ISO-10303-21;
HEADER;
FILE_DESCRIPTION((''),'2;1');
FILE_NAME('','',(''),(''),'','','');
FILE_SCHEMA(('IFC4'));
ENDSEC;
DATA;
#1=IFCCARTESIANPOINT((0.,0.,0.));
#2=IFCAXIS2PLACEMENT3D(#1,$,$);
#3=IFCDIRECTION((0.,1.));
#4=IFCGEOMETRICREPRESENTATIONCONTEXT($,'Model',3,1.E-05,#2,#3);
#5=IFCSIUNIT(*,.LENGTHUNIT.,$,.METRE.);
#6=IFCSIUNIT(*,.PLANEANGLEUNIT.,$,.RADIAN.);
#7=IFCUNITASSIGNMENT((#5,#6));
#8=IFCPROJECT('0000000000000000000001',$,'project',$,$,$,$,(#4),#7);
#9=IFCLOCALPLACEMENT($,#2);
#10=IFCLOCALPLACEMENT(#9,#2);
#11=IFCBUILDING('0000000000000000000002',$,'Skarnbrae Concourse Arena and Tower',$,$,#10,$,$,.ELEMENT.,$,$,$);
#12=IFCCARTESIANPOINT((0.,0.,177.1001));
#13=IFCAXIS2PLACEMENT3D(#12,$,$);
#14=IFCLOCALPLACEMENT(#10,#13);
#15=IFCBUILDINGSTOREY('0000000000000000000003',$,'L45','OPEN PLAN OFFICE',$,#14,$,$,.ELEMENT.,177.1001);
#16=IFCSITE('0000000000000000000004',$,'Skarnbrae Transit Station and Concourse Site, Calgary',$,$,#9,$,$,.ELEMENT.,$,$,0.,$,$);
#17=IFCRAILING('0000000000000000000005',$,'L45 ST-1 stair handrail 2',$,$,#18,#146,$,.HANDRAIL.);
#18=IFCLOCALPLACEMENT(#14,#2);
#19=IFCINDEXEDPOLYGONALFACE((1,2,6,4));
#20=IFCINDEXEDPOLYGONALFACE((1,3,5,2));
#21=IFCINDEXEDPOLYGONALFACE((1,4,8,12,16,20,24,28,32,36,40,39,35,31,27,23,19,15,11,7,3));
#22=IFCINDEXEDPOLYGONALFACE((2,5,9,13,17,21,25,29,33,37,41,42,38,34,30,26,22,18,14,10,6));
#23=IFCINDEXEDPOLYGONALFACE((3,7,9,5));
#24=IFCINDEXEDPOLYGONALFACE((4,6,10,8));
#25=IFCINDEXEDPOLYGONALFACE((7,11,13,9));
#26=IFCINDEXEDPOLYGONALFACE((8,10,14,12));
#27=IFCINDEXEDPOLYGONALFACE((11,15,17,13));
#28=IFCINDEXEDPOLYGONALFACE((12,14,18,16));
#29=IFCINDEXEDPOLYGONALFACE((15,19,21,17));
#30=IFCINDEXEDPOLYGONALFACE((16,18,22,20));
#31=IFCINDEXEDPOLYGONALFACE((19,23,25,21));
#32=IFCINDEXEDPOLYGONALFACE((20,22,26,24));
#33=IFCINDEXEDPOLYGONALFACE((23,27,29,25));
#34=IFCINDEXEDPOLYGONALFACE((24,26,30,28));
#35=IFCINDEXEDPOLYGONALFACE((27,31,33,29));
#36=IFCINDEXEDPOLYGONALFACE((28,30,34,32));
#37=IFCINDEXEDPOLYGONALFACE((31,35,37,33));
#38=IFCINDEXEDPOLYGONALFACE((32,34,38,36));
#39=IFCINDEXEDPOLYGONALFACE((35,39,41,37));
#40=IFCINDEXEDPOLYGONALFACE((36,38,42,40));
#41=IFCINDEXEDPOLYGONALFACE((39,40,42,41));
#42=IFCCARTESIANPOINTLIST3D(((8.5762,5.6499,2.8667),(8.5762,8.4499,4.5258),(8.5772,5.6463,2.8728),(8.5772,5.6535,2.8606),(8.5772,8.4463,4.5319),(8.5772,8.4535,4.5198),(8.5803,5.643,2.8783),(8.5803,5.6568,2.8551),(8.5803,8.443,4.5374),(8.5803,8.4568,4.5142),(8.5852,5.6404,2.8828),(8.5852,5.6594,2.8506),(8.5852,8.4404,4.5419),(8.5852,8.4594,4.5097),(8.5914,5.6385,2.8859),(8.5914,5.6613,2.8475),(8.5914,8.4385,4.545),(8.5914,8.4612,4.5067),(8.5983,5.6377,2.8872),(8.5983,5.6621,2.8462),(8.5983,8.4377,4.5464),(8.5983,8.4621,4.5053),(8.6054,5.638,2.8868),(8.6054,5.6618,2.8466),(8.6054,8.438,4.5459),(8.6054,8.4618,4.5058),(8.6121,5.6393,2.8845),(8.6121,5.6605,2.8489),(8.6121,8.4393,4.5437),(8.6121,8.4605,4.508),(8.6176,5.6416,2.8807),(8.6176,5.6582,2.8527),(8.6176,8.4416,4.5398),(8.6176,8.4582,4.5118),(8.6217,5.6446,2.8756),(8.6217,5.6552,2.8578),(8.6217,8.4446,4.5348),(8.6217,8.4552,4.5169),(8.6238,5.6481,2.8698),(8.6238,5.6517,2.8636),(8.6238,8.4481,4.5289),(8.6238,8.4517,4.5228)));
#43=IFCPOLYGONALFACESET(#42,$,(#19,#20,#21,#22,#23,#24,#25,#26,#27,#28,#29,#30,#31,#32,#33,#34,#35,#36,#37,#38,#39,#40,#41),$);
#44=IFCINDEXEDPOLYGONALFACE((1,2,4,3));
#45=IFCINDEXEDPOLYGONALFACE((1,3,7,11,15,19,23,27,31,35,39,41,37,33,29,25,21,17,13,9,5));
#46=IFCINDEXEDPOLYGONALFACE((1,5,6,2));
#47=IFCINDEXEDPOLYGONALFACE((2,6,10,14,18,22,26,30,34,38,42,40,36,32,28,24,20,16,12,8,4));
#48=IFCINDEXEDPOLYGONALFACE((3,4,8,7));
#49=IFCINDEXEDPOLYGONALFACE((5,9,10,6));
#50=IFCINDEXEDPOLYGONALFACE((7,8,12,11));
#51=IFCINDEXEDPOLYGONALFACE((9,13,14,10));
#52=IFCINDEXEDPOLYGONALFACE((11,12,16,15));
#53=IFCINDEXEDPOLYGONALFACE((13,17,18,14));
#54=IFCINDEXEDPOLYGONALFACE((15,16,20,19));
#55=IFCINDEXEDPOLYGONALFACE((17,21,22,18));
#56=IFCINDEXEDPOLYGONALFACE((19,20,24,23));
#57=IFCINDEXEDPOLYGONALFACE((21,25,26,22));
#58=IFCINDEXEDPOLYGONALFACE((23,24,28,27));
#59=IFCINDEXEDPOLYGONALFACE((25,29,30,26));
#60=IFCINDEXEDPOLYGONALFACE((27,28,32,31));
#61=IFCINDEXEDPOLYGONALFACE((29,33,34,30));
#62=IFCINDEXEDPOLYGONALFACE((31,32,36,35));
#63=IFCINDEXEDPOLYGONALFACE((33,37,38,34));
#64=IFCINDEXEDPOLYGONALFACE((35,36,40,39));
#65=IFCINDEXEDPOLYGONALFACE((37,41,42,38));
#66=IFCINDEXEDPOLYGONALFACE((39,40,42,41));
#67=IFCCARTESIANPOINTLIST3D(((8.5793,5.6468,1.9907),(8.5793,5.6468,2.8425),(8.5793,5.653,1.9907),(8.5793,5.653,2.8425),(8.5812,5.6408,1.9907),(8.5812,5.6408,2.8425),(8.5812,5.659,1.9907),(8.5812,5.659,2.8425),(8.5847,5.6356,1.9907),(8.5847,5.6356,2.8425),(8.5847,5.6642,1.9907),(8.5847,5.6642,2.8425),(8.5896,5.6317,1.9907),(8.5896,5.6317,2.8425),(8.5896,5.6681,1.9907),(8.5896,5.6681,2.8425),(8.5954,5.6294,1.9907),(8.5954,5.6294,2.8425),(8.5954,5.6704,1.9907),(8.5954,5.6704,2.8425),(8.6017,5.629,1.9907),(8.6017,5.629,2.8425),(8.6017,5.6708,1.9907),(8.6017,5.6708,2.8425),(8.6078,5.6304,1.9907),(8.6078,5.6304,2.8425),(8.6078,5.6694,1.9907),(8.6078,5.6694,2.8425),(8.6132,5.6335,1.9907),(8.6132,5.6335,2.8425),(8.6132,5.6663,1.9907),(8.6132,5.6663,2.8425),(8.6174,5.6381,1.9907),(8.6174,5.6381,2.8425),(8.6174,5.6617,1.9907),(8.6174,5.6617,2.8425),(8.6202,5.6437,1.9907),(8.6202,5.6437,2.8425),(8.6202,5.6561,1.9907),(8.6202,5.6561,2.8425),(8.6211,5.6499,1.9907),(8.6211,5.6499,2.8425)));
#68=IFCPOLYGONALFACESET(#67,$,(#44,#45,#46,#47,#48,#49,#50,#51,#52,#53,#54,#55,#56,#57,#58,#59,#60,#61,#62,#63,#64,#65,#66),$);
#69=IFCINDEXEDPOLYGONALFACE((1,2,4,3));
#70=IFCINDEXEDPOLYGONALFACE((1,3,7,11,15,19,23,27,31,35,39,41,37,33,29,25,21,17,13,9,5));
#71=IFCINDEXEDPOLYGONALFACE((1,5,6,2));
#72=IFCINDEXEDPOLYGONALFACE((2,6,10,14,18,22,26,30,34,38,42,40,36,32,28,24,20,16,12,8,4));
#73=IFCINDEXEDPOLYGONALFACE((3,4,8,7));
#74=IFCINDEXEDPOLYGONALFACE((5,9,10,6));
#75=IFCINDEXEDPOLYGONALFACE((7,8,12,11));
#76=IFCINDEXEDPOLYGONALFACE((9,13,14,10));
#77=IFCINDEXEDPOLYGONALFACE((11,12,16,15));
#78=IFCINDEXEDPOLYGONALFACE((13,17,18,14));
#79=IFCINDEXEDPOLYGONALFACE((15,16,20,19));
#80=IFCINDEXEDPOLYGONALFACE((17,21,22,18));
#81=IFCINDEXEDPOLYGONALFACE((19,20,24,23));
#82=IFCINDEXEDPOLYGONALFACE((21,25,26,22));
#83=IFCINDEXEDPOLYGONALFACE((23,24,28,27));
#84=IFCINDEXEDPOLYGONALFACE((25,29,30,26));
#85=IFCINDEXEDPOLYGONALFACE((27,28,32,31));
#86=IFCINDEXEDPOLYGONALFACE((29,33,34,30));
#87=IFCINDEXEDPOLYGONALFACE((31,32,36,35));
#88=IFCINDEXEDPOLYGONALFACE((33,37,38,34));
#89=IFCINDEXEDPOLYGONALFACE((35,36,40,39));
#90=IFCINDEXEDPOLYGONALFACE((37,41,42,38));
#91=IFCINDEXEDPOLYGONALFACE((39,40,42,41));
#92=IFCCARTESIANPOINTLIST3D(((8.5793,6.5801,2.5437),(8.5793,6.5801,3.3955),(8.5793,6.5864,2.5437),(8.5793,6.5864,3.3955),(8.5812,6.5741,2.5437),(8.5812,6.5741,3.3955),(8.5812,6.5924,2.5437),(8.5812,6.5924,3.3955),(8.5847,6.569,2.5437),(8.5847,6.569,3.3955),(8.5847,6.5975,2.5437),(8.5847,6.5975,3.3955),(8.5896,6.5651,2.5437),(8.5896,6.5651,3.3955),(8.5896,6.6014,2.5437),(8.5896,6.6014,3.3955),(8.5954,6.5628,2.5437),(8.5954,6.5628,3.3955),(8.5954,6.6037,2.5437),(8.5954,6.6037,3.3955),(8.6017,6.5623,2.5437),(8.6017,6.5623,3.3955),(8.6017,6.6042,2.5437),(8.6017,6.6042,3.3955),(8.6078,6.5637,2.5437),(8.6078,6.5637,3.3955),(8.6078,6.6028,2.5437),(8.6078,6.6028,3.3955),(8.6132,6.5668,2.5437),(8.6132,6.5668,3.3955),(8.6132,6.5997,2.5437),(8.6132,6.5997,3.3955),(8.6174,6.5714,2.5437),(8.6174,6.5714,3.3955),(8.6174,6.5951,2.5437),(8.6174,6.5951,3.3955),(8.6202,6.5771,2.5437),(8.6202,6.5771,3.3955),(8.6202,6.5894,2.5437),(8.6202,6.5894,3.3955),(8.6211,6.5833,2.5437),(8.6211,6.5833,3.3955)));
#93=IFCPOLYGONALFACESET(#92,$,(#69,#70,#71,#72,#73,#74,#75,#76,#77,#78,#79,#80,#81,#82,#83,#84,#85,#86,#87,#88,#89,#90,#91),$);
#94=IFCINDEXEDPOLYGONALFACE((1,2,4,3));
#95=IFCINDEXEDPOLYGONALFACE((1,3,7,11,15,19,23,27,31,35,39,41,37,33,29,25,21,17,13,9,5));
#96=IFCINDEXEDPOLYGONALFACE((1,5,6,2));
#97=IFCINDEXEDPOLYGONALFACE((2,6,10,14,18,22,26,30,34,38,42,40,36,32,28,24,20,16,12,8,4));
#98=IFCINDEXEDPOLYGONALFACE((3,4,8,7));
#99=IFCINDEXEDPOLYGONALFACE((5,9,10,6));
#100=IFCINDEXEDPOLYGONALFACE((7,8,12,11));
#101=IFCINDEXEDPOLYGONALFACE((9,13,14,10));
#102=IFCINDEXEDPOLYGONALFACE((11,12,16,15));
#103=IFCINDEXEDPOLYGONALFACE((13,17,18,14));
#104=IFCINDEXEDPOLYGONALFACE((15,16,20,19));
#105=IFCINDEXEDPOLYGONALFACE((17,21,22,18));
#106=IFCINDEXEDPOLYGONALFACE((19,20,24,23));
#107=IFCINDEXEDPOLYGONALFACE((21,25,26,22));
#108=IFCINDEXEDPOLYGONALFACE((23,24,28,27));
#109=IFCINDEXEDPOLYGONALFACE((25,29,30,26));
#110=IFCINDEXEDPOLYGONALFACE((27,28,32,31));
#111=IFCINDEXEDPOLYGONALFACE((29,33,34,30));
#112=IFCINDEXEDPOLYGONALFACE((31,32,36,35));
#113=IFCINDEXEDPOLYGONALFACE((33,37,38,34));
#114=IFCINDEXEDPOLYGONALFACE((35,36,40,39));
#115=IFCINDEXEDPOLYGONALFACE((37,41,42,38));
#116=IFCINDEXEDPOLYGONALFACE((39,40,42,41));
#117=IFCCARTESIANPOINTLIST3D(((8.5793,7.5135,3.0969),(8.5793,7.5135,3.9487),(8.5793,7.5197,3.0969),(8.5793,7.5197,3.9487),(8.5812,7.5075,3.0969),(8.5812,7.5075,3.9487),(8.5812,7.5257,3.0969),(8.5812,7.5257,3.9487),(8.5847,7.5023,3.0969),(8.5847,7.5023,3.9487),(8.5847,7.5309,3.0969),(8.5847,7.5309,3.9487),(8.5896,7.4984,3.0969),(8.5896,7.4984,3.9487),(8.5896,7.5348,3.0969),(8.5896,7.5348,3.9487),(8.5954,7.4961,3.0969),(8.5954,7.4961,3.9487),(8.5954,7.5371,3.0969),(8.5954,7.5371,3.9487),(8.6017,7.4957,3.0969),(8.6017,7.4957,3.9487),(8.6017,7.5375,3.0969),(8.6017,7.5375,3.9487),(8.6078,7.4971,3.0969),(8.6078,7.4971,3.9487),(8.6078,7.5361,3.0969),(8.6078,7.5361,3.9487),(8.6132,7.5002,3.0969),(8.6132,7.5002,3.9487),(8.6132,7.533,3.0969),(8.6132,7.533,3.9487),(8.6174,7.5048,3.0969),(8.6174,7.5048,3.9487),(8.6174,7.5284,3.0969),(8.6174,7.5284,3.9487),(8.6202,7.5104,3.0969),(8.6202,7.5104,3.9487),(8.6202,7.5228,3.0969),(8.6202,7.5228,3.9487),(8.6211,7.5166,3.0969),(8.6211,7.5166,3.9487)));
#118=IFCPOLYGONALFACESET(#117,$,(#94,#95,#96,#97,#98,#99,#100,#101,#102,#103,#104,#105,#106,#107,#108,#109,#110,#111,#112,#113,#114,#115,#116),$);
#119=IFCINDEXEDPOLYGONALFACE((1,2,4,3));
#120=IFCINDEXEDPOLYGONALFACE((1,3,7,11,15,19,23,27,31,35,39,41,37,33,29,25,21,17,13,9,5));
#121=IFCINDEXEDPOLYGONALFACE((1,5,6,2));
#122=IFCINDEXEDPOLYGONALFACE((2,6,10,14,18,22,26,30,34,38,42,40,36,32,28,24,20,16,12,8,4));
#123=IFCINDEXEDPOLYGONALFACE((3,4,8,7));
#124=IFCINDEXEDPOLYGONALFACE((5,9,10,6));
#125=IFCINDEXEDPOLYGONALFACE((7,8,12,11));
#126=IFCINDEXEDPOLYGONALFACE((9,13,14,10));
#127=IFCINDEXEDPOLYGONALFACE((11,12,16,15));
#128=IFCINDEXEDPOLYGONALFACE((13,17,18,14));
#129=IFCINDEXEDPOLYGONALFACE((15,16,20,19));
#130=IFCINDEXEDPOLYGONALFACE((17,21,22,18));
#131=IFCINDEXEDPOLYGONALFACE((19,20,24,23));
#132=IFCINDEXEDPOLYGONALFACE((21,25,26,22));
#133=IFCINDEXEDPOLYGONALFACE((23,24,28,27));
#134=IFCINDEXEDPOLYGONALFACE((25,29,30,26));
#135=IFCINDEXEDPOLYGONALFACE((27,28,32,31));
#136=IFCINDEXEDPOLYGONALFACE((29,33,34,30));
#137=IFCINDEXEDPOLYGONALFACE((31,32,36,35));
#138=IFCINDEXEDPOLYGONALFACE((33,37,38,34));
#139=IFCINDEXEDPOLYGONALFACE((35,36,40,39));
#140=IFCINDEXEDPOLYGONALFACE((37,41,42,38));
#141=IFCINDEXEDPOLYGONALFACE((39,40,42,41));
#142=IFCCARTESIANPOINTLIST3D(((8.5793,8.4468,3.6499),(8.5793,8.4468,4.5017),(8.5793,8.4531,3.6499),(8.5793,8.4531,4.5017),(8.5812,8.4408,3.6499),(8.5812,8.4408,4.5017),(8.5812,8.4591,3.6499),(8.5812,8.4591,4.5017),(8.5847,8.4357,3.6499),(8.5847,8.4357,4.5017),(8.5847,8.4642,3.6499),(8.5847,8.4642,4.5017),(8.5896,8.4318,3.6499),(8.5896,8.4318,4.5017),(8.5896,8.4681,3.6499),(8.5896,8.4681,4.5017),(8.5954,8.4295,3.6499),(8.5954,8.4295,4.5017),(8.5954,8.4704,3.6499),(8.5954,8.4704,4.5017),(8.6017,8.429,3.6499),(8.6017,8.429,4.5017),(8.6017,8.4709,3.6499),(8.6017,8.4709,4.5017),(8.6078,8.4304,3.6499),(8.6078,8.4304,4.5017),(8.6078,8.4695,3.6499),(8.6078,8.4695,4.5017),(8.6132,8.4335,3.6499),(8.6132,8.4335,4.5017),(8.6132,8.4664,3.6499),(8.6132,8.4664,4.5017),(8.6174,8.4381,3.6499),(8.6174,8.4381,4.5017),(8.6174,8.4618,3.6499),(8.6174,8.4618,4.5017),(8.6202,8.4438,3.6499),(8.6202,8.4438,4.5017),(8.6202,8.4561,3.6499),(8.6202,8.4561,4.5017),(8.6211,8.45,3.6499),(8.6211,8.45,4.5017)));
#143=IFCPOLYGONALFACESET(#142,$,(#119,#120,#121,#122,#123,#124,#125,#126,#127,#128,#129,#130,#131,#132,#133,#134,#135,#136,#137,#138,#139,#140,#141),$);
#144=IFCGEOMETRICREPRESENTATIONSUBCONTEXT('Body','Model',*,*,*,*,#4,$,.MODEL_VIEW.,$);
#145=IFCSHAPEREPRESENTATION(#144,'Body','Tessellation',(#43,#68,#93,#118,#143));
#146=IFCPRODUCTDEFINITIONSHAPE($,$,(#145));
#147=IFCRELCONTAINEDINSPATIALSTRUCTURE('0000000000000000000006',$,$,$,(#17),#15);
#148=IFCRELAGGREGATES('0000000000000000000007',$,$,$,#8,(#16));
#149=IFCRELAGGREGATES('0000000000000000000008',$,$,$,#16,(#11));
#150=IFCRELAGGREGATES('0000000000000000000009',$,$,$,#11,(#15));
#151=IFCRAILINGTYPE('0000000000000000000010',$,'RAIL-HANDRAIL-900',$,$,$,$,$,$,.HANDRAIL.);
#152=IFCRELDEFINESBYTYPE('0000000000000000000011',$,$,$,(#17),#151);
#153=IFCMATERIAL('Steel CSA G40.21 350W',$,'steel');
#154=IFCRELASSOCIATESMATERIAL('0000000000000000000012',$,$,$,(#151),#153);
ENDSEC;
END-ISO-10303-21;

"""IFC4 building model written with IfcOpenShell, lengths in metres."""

from ifc_helpers import new_model, si_unit, direction, frame, origin, origin_2d, place, context, subcontext, project, spatial, circle, extrude, material, type_object, element, save


model = new_model("IFC4")

# Units and contexts
model_context = context("Model", 3, precision=1e-05, world=origin(), true_north=direction((0.0, 1.0)))
body_context = subcontext(model_context, "Body", "Model", "MODEL_VIEW")
ifc_project = project(units=[si_unit("LENGTHUNIT", "METRE"), si_unit("PLANEANGLEUNIT", "RADIAN")], contexts=[model_context])

# Site, building, storey
site_placement = place(None, origin())
site = spatial("IfcSite", under=ifc_project, at=site_placement, Name="Skarnbrae Transit Station and Concourse Site, Calgary", CompositionType="ELEMENT", RefElevation=0.0)
building_placement = place(site_placement, origin())
building = spatial("IfcBuilding", under=site, at=building_placement, Name="Skarnbrae Concourse Arena and Tower", CompositionType="ELEMENT")
storey_placement = place(building_placement, frame((0.0, 0.0, 177.1001)))
storey = spatial("IfcBuildingStorey", under=building, at=storey_placement, Name="L45", Description="OPEN PLAN OFFICE", CompositionType="ELEMENT", Elevation=177.1001)

# Shared definitions
ifc_material_1 = material(Name="Steel CSA G40.21 350W", Category="steel")

# Railing
railing_type = type_object("IfcRailingType", Name="RAIL-HANDRAIL-900", PredefinedType="HANDRAIL", material=ifc_material_1)
railing_placement = place(storey_placement, frame((8.6001, 5.6499, 1.9907)))
element("IfcRailing", 1, at=railing_placement, inside=storey, type_object=railing_type, Name="L45 ST-1 stair handrail 2", PredefinedType="HANDRAIL", context=body_context, shape_type="SweptSolid", body=[
    extrude(circle(Radius=0.0239, at=origin_2d()), frame((0.0, 0.0, 0.876), z_axis=(0.0, 0.860306, 0.509778), x_axis=(-1.0, 0.0, 0.0)), (0.0, 0.0, 1.0), 3.2546),
    extrude(circle(Radius=0.021, at=origin_2d()), origin(), (0.0, 0.0, 1.0), 0.8518),
    extrude(circle(Radius=0.021, at=origin_2d()), frame((0.0, 0.9333, 0.553)), (0.0, 0.0, 1.0), 0.8518),
    extrude(circle(Radius=0.021, at=origin_2d()), frame((0.0, 1.8667, 1.1062)), (0.0, 0.0, 1.0), 0.8518),
    extrude(circle(Radius=0.021, at=origin_2d()), frame((0.0, 2.8, 1.6592)), (0.0, 0.0, 1.0), 0.8518),
])

save(model, "model.ifc")
